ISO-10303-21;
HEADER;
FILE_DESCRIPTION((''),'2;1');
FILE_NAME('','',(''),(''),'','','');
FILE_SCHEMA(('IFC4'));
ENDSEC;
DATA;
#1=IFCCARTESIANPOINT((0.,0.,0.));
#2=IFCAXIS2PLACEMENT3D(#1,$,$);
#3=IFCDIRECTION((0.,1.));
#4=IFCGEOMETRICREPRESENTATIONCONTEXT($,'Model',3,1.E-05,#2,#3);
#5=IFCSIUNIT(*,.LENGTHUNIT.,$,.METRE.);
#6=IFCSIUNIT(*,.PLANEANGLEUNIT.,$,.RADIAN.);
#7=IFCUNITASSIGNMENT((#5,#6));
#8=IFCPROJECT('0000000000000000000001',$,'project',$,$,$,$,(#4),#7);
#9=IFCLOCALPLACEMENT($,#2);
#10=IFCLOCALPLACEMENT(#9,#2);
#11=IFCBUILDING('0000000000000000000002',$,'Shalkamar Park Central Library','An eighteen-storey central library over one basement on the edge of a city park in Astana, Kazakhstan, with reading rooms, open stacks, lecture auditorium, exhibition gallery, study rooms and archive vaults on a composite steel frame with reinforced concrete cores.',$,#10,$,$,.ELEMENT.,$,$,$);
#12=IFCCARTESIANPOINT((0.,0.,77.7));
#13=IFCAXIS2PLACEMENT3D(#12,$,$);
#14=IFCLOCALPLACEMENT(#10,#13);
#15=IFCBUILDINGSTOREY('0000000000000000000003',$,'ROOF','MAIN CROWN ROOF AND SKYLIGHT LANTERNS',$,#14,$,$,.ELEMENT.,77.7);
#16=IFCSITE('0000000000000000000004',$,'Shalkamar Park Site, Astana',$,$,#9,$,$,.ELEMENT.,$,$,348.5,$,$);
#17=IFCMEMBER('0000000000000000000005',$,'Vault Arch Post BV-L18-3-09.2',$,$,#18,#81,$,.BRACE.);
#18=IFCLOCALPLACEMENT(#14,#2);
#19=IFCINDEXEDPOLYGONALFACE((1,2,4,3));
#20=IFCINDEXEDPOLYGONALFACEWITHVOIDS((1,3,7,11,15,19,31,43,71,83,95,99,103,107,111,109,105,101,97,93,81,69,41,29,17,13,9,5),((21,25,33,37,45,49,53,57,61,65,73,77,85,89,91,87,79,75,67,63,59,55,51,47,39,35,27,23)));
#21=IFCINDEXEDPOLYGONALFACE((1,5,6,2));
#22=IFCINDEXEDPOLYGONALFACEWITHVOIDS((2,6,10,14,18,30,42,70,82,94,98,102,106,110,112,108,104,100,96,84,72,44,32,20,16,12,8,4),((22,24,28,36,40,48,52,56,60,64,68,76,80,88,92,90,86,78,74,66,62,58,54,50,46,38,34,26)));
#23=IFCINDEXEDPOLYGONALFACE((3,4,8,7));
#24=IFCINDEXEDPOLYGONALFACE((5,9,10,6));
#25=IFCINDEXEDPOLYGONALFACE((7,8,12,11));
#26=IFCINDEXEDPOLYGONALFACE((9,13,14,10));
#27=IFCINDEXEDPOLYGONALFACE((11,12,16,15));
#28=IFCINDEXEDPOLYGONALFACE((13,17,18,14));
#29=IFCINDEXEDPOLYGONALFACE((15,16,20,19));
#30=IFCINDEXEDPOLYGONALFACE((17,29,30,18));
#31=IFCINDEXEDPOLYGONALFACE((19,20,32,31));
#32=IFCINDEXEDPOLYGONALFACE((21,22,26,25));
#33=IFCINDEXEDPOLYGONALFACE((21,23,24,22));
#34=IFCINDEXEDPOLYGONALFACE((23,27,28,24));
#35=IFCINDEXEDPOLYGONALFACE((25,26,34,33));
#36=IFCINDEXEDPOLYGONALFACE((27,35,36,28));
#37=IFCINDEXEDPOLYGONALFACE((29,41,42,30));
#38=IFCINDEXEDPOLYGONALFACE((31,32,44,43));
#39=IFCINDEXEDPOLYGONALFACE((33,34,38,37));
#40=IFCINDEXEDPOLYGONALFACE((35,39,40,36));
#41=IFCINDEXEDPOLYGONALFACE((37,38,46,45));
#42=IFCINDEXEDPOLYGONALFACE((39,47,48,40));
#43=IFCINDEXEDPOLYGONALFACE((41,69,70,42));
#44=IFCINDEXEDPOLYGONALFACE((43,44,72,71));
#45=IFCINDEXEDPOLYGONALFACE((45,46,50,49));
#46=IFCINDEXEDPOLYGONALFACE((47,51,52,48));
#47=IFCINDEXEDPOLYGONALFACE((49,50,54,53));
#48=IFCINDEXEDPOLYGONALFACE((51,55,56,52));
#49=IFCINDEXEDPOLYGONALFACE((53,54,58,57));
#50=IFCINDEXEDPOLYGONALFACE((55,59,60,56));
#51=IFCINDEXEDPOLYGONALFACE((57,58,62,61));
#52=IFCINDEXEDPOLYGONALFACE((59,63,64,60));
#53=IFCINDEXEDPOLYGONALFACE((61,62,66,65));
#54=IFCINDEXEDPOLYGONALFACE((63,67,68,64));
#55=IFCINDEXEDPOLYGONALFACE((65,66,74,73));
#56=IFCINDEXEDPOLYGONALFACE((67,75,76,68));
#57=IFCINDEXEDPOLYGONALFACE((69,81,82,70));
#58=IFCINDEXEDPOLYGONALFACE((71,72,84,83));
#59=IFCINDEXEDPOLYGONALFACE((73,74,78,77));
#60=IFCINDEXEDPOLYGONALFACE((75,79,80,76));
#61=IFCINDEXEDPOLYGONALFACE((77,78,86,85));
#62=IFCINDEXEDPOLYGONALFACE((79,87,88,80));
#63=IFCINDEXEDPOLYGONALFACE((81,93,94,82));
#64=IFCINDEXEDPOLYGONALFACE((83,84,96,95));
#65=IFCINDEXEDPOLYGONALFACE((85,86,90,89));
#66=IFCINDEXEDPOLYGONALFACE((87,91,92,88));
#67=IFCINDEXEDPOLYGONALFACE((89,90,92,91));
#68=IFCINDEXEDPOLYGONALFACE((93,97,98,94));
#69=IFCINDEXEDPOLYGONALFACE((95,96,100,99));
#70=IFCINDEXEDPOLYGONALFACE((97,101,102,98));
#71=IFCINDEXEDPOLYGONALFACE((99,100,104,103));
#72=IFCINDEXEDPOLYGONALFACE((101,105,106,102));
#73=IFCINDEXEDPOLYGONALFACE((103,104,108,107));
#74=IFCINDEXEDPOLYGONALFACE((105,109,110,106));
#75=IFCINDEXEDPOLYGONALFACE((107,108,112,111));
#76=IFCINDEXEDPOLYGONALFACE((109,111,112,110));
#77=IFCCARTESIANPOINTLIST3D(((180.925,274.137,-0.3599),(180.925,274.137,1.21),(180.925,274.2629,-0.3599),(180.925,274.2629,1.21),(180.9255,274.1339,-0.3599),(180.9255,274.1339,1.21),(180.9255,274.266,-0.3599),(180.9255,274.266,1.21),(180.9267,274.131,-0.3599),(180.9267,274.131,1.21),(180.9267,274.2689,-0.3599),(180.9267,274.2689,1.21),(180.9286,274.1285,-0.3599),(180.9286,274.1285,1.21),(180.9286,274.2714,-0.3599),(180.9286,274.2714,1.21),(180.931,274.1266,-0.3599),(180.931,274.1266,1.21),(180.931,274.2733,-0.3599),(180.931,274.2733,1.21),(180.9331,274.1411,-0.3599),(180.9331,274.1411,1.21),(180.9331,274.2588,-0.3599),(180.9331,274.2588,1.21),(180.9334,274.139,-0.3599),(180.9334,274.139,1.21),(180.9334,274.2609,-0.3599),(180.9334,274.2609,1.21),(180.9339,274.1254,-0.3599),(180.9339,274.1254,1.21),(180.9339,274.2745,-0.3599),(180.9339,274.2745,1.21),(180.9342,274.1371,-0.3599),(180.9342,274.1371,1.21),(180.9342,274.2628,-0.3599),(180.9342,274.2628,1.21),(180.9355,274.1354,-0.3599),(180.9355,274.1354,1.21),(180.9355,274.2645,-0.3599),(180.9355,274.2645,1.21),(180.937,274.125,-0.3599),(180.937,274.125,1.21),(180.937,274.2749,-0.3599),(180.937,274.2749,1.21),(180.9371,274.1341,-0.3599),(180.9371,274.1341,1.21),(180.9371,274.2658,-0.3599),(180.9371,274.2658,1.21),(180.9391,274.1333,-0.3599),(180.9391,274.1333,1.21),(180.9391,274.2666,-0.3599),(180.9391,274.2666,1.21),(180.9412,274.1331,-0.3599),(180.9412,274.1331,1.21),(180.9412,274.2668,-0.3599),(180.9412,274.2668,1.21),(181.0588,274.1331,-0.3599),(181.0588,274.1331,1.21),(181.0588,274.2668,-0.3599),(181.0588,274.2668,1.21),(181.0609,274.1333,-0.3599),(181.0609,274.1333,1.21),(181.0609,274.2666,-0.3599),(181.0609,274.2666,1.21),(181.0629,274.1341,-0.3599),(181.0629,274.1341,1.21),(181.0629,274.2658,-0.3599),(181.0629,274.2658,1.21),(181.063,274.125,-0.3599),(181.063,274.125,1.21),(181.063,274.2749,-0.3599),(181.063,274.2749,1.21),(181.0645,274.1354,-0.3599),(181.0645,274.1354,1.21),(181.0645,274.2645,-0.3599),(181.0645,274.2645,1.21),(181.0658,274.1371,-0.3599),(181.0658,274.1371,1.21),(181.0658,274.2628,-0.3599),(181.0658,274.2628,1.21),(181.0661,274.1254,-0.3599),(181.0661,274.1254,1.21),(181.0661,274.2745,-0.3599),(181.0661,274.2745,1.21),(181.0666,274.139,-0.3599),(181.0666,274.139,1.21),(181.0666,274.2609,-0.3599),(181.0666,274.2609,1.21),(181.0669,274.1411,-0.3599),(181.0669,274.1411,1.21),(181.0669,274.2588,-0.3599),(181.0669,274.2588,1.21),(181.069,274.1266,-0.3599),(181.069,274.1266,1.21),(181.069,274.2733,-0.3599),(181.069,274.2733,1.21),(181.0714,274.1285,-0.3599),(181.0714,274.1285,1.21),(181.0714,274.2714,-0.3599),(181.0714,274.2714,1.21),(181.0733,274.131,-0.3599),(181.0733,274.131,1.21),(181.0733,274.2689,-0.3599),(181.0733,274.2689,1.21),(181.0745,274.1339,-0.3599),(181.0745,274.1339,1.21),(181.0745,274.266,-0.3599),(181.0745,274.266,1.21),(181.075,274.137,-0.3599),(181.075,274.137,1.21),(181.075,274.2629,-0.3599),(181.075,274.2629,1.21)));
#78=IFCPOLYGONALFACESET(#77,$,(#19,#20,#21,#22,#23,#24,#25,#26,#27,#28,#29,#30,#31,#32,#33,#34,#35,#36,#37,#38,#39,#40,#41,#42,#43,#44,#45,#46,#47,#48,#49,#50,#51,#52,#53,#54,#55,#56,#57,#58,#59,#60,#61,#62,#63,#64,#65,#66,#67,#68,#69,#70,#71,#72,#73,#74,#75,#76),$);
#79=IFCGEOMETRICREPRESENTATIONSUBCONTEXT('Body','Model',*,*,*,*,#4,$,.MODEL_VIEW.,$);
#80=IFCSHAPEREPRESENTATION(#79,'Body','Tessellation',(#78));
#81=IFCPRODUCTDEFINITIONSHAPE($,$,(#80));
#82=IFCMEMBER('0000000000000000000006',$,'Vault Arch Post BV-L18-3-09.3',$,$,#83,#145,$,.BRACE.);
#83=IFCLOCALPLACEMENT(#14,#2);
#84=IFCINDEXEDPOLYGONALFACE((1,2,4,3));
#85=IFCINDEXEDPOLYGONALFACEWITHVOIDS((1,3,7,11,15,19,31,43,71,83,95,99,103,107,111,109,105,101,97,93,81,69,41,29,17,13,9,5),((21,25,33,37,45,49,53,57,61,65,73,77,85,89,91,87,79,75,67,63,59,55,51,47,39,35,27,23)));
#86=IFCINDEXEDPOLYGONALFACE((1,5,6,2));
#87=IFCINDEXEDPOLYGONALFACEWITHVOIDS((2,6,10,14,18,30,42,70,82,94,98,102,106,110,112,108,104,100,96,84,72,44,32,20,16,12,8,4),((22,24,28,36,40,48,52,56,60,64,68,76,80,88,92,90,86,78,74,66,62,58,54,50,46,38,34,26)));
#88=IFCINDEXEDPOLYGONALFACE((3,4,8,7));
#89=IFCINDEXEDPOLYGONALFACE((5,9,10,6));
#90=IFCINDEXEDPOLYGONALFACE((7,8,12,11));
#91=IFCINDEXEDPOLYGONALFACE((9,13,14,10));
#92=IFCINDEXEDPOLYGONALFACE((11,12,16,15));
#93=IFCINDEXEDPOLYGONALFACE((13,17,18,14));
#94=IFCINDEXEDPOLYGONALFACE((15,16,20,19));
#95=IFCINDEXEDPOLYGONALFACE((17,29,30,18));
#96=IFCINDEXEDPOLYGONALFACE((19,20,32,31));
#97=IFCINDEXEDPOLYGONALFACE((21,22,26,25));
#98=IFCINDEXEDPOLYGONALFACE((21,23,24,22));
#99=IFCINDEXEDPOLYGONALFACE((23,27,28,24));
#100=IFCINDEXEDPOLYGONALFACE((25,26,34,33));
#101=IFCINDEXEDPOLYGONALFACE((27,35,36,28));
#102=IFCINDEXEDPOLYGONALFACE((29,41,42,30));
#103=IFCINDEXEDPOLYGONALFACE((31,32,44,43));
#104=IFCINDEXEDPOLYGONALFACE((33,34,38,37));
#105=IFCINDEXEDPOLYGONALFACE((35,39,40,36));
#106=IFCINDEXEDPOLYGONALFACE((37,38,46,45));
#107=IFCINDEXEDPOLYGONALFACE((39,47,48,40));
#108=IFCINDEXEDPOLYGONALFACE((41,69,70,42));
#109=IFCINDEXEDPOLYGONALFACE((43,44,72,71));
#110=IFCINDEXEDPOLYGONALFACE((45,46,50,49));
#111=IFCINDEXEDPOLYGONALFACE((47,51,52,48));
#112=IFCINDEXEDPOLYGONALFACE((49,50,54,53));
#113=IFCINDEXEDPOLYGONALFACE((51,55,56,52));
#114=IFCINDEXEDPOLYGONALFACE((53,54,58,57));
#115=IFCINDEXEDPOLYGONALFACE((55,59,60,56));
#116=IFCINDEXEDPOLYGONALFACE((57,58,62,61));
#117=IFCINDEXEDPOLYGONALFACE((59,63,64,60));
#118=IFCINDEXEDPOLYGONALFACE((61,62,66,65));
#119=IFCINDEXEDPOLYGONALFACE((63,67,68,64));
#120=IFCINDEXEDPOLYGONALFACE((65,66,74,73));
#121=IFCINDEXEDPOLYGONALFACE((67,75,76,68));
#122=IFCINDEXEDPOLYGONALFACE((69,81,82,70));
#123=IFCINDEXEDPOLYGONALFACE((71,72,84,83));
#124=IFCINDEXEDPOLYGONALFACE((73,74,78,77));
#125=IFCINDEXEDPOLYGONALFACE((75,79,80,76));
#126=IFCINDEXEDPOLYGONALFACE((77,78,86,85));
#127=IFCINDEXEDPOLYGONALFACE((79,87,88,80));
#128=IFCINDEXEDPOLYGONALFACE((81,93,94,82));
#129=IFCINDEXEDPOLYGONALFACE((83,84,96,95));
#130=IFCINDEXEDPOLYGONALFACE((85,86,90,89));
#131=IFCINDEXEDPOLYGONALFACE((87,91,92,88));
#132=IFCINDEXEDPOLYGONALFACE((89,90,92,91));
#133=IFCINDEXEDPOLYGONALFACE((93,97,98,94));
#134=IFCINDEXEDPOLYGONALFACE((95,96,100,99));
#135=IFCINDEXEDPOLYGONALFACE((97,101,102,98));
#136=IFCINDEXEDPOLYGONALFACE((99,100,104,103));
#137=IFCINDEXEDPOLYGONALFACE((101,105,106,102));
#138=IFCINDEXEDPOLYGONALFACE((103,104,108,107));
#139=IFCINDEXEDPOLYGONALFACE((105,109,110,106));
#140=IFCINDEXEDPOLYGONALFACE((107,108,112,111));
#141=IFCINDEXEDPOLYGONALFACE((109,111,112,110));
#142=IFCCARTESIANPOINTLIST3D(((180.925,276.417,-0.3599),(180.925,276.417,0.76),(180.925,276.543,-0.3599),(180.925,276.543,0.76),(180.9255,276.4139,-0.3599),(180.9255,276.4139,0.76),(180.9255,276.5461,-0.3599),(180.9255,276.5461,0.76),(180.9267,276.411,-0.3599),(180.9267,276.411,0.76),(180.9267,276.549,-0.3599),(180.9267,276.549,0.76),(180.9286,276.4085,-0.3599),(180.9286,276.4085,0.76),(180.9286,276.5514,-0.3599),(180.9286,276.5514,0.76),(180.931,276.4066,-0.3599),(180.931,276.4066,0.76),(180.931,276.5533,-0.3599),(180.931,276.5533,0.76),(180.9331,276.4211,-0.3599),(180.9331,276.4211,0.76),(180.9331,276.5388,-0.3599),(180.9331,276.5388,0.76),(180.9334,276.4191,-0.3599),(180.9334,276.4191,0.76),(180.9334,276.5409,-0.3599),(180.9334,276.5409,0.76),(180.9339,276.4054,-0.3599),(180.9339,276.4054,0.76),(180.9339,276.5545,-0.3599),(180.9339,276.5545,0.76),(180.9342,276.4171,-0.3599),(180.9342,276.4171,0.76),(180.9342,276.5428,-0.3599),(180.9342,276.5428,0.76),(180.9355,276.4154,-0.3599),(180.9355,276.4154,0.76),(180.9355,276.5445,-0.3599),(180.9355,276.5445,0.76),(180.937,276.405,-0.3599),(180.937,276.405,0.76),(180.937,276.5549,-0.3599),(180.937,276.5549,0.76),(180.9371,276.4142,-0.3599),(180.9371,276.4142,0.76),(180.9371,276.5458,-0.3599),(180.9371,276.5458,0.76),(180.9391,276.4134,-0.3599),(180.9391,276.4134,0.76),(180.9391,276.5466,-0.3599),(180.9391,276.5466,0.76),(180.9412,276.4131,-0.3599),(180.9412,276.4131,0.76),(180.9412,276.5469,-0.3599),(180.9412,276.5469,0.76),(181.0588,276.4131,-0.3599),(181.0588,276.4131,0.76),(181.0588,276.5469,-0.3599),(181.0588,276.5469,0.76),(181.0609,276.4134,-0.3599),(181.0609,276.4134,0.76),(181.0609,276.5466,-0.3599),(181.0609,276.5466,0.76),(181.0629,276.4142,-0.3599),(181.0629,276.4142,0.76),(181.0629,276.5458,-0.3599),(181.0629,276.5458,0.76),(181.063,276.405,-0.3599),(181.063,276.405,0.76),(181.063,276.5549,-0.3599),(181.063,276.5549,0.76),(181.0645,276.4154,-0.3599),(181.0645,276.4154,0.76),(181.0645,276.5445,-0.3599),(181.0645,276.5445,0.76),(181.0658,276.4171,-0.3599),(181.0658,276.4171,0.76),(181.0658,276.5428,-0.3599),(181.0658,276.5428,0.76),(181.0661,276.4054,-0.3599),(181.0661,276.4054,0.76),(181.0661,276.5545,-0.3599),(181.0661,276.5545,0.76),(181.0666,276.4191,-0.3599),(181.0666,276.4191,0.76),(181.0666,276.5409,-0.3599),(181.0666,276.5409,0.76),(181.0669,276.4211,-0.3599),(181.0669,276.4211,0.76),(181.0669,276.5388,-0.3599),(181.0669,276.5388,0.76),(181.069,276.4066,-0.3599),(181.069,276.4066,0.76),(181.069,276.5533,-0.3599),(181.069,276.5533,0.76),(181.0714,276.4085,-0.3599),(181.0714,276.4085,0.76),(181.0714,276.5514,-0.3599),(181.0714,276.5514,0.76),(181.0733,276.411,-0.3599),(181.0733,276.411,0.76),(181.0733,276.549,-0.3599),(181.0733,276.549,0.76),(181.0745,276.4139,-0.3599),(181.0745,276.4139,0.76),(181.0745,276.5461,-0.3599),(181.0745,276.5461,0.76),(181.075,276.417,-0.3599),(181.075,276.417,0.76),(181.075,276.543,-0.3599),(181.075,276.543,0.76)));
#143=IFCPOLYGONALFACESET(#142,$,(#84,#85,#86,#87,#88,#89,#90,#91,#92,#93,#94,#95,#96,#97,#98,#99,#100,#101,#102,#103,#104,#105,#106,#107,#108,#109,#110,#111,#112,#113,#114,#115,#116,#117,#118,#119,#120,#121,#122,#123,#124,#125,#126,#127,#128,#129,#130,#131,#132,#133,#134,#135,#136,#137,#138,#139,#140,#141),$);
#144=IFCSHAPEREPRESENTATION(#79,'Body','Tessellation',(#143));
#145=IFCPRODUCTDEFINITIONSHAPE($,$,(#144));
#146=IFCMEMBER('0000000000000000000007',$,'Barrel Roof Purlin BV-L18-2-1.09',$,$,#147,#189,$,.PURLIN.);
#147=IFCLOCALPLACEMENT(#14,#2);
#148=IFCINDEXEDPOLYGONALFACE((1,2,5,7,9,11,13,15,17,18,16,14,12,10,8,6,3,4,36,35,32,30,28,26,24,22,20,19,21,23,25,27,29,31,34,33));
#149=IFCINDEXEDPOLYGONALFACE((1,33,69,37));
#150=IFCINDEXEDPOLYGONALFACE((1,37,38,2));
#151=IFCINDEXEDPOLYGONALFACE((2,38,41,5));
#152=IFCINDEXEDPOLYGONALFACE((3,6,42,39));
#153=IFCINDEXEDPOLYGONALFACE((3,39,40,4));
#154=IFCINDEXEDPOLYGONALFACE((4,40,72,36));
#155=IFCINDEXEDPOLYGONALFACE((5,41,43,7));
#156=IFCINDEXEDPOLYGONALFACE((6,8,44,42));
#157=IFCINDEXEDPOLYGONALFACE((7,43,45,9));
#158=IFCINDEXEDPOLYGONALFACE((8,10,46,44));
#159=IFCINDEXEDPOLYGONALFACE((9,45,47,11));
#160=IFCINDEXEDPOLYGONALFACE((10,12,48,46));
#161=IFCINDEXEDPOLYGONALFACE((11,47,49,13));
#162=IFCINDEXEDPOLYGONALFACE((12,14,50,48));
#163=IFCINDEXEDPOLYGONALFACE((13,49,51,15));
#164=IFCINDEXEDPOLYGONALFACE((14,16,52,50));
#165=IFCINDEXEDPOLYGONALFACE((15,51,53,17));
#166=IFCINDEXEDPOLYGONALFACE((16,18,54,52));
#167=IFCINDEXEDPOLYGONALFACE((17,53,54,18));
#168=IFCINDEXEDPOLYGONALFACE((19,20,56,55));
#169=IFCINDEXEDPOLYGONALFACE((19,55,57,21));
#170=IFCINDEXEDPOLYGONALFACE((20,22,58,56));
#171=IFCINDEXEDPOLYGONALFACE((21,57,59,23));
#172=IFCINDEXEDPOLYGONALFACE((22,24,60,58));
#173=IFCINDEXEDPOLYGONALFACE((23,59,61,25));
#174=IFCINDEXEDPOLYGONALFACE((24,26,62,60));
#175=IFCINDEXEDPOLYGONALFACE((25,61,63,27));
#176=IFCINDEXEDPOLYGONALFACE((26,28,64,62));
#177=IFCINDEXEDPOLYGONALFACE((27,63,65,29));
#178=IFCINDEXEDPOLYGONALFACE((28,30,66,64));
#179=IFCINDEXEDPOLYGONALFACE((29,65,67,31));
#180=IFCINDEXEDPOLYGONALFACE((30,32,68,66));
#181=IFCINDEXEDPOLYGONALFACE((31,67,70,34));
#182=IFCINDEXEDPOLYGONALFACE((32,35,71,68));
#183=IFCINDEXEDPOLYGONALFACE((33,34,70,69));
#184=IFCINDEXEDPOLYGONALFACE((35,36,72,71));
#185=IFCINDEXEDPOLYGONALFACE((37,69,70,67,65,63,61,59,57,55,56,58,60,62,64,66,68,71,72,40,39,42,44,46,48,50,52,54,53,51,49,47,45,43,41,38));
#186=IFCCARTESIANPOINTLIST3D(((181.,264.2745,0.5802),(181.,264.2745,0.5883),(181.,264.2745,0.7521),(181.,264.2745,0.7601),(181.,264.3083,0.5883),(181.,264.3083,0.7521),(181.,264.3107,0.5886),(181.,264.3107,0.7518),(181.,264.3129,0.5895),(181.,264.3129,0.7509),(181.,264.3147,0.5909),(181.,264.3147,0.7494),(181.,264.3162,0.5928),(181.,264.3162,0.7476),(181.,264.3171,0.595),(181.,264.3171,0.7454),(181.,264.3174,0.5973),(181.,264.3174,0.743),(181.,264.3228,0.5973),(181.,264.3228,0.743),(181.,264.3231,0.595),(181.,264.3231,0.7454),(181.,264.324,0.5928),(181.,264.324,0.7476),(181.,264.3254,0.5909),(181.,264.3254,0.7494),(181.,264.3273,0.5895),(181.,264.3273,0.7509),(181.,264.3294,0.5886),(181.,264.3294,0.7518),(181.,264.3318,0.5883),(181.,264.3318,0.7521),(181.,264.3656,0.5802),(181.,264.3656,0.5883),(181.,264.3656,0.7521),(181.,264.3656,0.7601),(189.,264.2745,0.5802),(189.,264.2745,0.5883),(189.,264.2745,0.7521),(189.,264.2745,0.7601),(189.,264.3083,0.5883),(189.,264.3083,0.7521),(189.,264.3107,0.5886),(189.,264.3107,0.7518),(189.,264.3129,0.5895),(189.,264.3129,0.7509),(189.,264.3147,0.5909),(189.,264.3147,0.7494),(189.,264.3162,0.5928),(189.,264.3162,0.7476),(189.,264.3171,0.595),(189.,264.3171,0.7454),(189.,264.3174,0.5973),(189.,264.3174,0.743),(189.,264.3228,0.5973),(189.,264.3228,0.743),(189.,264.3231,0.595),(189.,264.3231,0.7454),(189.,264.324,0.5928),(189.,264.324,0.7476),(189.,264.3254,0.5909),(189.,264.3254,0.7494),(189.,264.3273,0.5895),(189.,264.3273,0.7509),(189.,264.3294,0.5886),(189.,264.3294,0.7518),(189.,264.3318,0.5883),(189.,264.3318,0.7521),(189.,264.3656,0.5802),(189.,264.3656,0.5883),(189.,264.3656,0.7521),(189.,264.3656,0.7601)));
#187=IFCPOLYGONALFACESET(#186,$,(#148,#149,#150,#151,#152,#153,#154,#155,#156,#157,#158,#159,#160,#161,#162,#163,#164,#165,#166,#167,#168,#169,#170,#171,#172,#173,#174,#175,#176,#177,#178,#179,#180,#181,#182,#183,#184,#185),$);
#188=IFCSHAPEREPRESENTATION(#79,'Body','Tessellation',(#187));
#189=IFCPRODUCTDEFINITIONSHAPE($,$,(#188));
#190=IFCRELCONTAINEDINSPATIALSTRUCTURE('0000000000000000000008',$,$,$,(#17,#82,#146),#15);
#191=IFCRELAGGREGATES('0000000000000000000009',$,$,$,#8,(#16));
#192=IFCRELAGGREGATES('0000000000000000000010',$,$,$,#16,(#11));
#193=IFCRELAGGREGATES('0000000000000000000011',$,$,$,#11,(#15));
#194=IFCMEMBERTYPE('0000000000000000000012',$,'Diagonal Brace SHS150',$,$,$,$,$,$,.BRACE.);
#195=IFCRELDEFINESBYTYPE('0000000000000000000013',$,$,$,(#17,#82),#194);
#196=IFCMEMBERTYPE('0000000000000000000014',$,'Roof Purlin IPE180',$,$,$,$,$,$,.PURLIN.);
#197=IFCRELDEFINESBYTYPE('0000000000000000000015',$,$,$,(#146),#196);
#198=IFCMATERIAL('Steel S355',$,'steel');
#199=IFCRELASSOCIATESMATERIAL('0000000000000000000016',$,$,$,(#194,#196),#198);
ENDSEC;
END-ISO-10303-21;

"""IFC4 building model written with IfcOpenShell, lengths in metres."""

from ifc_helpers import new_model, si_unit, direction, frame, origin, origin_2d, place, context, subcontext, project, spatial, hollow_rectangle, i_section, extrude, material, material_profile, profile_set, type_object, element, save


model = new_model("IFC4")

# Units and contexts
model_context = context("Model", 3, precision=1e-05, world=origin(), true_north=direction((0.0, 1.0)))
body_context = subcontext(model_context, "Body", "Model", "MODEL_VIEW")
ifc_project = project(units=[si_unit("LENGTHUNIT", "METRE"), si_unit("PLANEANGLEUNIT", "RADIAN")], contexts=[model_context])

# Site, building, storey
site_placement = place(None, origin())
site = spatial("IfcSite", under=ifc_project, at=site_placement, Name="Shalkamar Park Site, Astana", CompositionType="ELEMENT", RefElevation=348.5)
building_placement = place(site_placement, origin())
building = spatial("IfcBuilding", under=site, at=building_placement, Name="Shalkamar Park Central Library", Description="An eighteen-storey central library over one basement on the edge of a city park in Astana, Kazakhstan, with reading rooms, open stacks, lecture auditorium, exhibition gallery, study rooms and archive vaults on a composite steel frame with reinforced concrete cores.", CompositionType="ELEMENT")
storey_placement = place(building_placement, frame((0.0, 0.0, 77.7)))
storey = spatial("IfcBuildingStorey", under=building, at=storey_placement, Name="ROOF", Description="MAIN CROWN ROOF AND SKYLIGHT LANTERNS", CompositionType="ELEMENT", Elevation=77.7)

# Members
ifc_material_1 = material(Name="Steel S355", Category="steel")
ifc_material_profile_1 = material_profile(ifc_material_1, hollow_rectangle(XDim=0.1499, YDim=0.1499, WallThickness=0.0081, InnerFilletRadius=0.0081, OuterFilletRadius=0.012, at=origin_2d()), Name="SHS 150x150x8")
ifc_profile_set_1 = profile_set([ifc_material_profile_1], Name="Steel S355")
member_type_1 = type_object("IfcMemberType", Name="Diagonal Brace SHS150", PredefinedType="BRACE", material=ifc_profile_set_1)
member_1_placement = place(storey_placement, frame((181.0, 274.2, -0.3599), z_axis=(0.0, 0.0, 1.0), x_axis=(1.0, 0.0, 0.0)))
element("IfcMember", 1, at=member_1_placement, inside=storey, type_object=member_type_1, Name="Vault Arch Post BV-L18-3-09.2", PredefinedType="BRACE", context=body_context, shape_type="SweptSolid", body=[
    extrude(hollow_rectangle(XDim=0.1499, YDim=0.1499, WallThickness=0.0081, InnerFilletRadius=0.0081, OuterFilletRadius=0.012, at=origin_2d()), origin(), (0.0, 0.0, 1.0), 1.5698),
])
member_2_placement = place(storey_placement, frame((181.0, 276.48, -0.3599), z_axis=(0.0, 0.0, 1.0), x_axis=(1.0, 0.0, 0.0)))
element("IfcMember", 2, at=member_2_placement, inside=storey, type_object=member_type_1, Name="Vault Arch Post BV-L18-3-09.3", PredefinedType="BRACE", context=body_context, shape_type="SweptSolid", body=[
    extrude(hollow_rectangle(XDim=0.1499, YDim=0.1499, WallThickness=0.0081, InnerFilletRadius=0.0081, OuterFilletRadius=0.012, at=origin_2d()), origin(), (0.0, 0.0, 1.0), 1.1199),
])
ifc_material_profile_2 = material_profile(ifc_material_1, i_section(OverallWidth=0.0911, OverallDepth=0.1799, WebThickness=0.0054, FlangeThickness=0.0081, FilletRadius=0.009, at=origin_2d()), Name="IPE 180")
ifc_profile_set_2 = profile_set([ifc_material_profile_2], Name="Steel S355")
member_type_2 = type_object("IfcMemberType", Name="Roof Purlin IPE180", PredefinedType="PURLIN", material=ifc_profile_set_2)
for number, where, z_axis, x_axis, name in (
    (3, (181.0, 264.3201, 0.6702), (1.0, 0.0, 0.0), (0.0, 1.0, 0.0), "Barrel Roof Purlin BV-L18-2-1.09"),
):
    element("IfcMember", number, at=place(storey_placement, frame(where, z_axis=z_axis, x_axis=x_axis)), inside=storey, type_object=member_type_2, Name=name, PredefinedType="PURLIN", context=body_context, shape_type="SweptSolid", body=[
        extrude(i_section(OverallWidth=0.0911, OverallDepth=0.1799, WebThickness=0.0054, FlangeThickness=0.0081, FilletRadius=0.009, at=origin_2d()), origin(), (0.0, 0.0, 1.0), 8.0),
    ])

save(model, "model.ifc")
